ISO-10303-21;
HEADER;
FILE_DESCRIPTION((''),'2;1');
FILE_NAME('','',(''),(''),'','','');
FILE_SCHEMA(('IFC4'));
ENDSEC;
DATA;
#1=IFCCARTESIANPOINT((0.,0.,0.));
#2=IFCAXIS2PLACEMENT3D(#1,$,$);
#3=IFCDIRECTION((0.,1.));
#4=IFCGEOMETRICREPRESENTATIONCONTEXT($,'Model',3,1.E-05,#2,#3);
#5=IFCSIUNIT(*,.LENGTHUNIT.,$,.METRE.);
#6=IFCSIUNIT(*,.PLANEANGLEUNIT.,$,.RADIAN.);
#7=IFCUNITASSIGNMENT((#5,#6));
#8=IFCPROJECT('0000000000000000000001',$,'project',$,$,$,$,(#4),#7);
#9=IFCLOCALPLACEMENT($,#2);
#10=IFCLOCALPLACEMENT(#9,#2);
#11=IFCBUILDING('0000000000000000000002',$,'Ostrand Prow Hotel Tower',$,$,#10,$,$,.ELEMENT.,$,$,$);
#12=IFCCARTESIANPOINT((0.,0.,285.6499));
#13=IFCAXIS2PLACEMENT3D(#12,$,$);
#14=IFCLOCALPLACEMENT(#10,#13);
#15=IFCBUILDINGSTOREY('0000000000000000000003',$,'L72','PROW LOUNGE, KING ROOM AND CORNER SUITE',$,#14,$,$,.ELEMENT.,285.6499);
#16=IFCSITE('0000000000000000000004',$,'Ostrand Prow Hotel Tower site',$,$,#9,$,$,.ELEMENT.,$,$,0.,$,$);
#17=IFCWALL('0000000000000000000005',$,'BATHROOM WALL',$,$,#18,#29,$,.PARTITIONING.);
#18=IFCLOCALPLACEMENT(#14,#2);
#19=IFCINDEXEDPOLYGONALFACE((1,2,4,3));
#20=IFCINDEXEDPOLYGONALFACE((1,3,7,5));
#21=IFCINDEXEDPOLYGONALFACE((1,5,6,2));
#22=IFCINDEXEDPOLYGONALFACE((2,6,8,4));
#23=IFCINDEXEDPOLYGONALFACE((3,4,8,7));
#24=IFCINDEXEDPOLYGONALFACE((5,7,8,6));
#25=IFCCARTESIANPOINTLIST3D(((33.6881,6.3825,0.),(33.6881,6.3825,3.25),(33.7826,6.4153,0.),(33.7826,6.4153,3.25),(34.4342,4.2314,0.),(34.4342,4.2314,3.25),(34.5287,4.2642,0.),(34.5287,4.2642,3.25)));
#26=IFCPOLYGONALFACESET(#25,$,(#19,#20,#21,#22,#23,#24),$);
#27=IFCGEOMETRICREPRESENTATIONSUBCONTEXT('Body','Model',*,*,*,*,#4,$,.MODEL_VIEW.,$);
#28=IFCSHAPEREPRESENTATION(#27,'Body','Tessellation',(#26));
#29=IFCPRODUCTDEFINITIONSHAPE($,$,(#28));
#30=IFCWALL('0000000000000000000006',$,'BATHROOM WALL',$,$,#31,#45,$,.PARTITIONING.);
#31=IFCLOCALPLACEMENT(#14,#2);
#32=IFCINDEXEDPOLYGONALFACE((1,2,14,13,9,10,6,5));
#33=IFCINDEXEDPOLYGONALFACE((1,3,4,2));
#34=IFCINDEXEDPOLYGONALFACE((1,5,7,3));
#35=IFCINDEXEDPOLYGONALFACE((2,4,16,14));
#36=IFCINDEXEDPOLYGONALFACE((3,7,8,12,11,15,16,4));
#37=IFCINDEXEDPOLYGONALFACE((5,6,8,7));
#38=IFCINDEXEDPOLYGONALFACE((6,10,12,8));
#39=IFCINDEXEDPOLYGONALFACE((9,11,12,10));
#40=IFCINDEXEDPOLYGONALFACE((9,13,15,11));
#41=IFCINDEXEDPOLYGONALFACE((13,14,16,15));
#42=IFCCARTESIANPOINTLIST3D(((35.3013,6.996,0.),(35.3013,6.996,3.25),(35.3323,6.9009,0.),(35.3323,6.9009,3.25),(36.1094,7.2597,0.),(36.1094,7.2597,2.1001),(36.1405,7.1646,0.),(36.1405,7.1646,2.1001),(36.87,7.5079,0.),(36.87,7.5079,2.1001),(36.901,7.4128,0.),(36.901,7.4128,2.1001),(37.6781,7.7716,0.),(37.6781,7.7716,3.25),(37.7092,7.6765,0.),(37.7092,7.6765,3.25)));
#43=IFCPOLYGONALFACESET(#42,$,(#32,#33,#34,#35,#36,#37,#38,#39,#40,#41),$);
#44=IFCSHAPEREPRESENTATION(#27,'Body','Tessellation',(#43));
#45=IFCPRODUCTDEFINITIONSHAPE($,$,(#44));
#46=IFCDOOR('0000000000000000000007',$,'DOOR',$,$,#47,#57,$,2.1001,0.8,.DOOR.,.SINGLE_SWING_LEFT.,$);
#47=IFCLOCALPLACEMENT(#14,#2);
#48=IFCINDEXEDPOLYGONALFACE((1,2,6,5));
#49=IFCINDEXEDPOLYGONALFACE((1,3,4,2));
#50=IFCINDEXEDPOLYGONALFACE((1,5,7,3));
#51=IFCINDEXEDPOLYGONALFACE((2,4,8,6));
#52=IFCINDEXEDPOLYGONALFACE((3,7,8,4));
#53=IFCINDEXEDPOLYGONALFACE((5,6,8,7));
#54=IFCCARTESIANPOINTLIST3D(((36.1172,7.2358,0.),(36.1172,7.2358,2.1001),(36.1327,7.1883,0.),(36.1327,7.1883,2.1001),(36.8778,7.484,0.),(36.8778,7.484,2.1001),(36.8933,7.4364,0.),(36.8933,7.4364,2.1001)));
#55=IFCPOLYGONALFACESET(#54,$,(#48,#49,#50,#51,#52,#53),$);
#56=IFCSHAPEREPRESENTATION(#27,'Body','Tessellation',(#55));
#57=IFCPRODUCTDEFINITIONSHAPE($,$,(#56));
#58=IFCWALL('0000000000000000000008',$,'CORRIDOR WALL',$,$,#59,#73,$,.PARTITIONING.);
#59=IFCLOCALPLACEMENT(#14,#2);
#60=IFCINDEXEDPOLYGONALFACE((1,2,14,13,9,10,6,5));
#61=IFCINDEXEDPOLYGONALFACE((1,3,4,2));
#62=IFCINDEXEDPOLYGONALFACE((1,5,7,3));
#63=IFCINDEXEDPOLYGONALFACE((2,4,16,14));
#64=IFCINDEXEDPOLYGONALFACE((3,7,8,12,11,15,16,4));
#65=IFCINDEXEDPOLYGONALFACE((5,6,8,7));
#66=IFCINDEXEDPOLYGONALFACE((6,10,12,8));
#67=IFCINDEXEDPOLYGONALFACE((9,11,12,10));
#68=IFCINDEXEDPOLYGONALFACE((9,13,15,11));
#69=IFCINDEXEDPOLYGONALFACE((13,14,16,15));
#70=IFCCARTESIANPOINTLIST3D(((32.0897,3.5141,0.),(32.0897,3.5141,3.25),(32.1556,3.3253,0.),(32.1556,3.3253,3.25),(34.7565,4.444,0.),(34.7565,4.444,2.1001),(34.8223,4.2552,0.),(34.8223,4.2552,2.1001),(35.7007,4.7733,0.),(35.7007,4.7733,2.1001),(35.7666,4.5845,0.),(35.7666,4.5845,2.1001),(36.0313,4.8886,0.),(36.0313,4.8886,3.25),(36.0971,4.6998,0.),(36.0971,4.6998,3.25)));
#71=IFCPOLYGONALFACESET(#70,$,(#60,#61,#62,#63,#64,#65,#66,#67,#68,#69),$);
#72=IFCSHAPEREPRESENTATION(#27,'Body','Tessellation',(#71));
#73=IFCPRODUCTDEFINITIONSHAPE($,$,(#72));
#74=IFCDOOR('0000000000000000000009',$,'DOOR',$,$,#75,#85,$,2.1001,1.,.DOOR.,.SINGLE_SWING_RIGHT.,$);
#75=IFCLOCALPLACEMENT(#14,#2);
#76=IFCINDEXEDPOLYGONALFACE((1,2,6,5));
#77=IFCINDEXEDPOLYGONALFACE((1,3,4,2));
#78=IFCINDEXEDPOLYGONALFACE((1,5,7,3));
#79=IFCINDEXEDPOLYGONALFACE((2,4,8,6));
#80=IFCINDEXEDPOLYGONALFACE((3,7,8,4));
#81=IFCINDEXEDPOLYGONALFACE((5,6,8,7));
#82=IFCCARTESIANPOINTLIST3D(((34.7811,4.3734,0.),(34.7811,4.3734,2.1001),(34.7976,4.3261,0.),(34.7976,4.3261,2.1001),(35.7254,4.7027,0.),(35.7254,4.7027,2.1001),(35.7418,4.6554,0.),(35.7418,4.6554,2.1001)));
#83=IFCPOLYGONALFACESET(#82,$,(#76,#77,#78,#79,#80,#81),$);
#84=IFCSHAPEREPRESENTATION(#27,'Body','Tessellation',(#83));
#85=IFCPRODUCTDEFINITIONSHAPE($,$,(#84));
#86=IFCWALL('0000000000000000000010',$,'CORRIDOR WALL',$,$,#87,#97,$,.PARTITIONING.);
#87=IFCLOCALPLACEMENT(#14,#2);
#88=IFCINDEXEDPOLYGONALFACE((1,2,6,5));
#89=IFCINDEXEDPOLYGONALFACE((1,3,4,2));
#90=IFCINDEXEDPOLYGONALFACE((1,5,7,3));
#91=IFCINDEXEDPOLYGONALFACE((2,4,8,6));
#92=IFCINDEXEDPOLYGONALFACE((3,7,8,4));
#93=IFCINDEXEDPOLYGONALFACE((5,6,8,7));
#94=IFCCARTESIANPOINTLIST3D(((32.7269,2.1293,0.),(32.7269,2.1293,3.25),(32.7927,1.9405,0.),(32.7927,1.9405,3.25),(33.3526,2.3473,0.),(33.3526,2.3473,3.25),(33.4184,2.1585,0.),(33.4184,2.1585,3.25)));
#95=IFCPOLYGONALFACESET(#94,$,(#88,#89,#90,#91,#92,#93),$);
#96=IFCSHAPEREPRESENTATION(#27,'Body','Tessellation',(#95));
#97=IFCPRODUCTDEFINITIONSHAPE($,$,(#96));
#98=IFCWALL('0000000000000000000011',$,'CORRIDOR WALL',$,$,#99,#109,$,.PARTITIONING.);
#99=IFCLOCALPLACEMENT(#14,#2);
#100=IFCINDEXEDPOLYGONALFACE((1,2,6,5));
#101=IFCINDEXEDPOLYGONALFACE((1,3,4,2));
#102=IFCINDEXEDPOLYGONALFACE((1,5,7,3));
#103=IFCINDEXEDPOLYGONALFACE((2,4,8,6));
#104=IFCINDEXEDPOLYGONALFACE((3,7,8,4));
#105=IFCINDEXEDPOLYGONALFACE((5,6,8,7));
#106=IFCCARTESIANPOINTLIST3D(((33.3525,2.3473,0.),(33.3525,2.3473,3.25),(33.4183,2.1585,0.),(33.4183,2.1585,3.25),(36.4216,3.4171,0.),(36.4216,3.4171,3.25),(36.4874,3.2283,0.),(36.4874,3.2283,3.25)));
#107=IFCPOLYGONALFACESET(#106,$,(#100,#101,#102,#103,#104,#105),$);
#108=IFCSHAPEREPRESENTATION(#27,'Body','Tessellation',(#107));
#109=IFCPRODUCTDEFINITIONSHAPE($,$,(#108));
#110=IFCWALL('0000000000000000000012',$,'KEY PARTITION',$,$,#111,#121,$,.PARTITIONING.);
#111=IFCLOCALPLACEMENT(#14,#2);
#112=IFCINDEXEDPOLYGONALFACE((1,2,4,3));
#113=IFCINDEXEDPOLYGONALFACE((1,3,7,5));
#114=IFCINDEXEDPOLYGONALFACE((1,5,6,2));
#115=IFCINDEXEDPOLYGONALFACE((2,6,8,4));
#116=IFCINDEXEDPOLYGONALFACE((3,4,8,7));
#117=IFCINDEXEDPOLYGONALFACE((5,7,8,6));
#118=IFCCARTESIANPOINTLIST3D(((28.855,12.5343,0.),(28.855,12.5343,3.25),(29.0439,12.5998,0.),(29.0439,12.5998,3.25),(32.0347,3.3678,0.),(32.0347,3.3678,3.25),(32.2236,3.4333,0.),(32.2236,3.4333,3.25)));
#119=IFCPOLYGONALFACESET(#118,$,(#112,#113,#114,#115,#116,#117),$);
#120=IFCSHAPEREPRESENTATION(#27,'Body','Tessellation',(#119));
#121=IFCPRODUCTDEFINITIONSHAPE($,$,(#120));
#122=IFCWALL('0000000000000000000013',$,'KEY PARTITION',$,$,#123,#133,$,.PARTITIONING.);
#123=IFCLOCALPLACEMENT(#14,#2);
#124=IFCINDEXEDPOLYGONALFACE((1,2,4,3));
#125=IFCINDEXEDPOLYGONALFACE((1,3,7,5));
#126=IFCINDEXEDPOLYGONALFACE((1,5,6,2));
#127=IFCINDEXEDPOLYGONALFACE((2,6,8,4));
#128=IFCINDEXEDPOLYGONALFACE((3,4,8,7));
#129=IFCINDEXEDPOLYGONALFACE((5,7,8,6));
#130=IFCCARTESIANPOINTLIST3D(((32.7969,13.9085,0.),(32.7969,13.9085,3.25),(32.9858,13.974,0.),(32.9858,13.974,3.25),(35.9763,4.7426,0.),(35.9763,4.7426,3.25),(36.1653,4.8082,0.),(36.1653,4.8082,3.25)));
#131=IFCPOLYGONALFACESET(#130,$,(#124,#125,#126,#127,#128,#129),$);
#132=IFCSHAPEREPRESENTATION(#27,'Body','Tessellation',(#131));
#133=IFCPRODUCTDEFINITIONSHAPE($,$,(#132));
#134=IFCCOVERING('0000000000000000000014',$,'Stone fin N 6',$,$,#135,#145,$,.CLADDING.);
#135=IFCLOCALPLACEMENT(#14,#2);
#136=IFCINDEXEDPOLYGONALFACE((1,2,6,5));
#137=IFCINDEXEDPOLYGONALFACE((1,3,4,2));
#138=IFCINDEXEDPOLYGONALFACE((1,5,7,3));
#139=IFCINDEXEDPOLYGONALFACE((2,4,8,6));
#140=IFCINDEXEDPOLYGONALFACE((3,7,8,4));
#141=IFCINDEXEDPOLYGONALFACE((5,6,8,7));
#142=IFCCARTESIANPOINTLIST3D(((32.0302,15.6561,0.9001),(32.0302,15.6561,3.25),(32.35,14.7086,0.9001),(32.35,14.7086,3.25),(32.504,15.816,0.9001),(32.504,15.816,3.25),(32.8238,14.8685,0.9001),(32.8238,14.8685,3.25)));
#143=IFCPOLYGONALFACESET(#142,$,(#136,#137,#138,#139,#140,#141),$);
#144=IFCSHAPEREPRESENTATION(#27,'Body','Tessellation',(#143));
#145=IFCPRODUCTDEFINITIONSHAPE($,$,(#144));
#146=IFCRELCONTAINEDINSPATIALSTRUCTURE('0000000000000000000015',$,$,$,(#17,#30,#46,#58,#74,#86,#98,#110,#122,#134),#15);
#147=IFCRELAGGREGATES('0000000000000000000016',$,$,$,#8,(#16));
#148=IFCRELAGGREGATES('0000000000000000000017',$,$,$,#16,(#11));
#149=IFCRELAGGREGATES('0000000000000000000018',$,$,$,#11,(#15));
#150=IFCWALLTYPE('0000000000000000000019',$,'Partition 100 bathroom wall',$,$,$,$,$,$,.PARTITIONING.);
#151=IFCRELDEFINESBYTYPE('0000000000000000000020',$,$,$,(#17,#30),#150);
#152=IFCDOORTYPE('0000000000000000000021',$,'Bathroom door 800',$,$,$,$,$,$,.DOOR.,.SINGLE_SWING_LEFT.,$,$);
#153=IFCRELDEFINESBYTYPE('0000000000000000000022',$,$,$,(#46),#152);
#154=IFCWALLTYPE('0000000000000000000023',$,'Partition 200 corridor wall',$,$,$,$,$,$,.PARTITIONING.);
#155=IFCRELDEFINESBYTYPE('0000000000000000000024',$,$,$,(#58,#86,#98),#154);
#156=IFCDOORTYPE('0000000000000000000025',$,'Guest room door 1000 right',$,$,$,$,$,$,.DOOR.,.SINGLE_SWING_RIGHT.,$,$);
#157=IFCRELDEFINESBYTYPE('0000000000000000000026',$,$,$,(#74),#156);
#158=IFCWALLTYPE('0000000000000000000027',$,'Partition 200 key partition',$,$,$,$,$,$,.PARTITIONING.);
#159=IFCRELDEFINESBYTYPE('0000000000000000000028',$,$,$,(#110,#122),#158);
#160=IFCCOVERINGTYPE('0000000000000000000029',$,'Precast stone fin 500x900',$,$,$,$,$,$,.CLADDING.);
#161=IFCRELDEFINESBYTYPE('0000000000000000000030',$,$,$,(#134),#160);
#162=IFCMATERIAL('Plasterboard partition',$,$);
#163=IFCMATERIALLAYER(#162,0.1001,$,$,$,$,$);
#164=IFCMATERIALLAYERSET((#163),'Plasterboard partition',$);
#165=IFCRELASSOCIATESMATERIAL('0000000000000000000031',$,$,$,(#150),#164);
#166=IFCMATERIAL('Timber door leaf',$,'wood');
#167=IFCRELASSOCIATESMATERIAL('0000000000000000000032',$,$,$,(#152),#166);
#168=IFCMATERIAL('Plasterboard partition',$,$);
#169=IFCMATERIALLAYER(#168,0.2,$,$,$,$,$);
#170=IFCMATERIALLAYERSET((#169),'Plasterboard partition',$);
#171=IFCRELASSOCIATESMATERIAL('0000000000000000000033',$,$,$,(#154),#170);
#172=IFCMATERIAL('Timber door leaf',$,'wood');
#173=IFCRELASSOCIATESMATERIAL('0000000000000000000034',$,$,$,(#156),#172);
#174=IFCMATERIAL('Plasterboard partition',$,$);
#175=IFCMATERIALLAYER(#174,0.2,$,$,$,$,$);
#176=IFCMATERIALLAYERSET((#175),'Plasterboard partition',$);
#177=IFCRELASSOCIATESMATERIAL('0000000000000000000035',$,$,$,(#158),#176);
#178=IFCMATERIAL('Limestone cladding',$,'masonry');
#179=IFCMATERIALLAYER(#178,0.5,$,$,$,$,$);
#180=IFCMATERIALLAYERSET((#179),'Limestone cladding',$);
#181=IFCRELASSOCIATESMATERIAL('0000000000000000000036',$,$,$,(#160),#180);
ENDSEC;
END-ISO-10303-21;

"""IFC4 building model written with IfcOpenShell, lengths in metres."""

from ifc_helpers import new_model, si_unit, direction, frame, frame_2d, origin, place, context, subcontext, project, spatial, rectangle, extrude, material, layer, layer_set, type_object, element, fill, save


model = new_model("IFC4")

# Units and contexts
model_context = context("Model", 3, precision=1e-05, world=origin(), true_north=direction((0.0, 1.0)))
body_context = subcontext(model_context, "Body", "Model", "MODEL_VIEW")
ifc_project = project(units=[si_unit("LENGTHUNIT", "METRE"), si_unit("PLANEANGLEUNIT", "RADIAN")], contexts=[model_context])

# Site, building, storey
site_placement = place(None, origin())
site = spatial("IfcSite", under=ifc_project, at=site_placement, Name="Ostrand Prow Hotel Tower site", CompositionType="ELEMENT", RefElevation=0.0)
building_placement = place(site_placement, origin())
building = spatial("IfcBuilding", under=site, at=building_placement, Name="Ostrand Prow Hotel Tower", CompositionType="ELEMENT")
storey_placement = place(building_placement, frame((0.0, 0.0, 285.6499)))
storey = spatial("IfcBuildingStorey", under=building, at=storey_placement, Name="L72", Description="PROW LOUNGE, KING ROOM AND CORNER SUITE", CompositionType="ELEMENT", Elevation=285.6499)

# Shared definitions
ifc_material_1 = material(Name="Plasterboard partition")
ifc_layer_1 = layer(ifc_material_1, 0.1001)
ifc_layer_set_1 = layer_set([ifc_layer_1], Name="Plasterboard partition")
wall_type_1 = type_object("IfcWallType", Name="Partition 100 bathroom wall", PredefinedType="PARTITIONING", material=ifc_layer_set_1)
ifc_material_2 = material(Name="Timber door leaf", Category="wood")
door_type_1 = type_object("IfcDoorType", Name="Bathroom door 800", OperationType="SINGLE_SWING_LEFT", PredefinedType="DOOR", material=ifc_material_2)

# Wall
wall_1_placement = place(storey_placement, frame((33.7354, 6.3989, 0.0), z_axis=(0.0, 0.0, 1.0), x_axis=(0.327689, -0.944786, 0.0)))
element("IfcWall", 1, at=wall_1_placement, inside=storey, type_object=wall_type_1, Name="BATHROOM WALL", PredefinedType="PARTITIONING", context=body_context, shape_type="SweptSolid", body=[
    extrude(rectangle(XDim=2.2769, YDim=0.1001, at=frame_2d((1.1384, 0.0))), origin(), (0.0, 0.0, 1.0), 3.25),
])

# Walls, openings, doors
wall_2_placement = place(storey_placement, frame((35.3169, 6.9485, 0.0), z_axis=(0.0, 0.0, 1.0), x_axis=(0.950666, 0.310216, 0.0)))
wall_2 = element("IfcWall", 2, at=wall_2_placement, inside=storey, type_object=wall_type_1, Name="BATHROOM WALL", PredefinedType="PARTITIONING", context=body_context, shape_type="SweptSolid", body=[
    extrude(rectangle(XDim=2.5002, YDim=0.1001, at=frame_2d((1.25, 0.0))), origin(), (0.0, 0.0, 1.0), 3.25),
])
opening_1_placement = place(wall_2_placement, frame((0.8501, 0.0, 0.0)))
opening_1 = element("IfcOpeningElement", 3, at=opening_1_placement, cuts=wall_2, PredefinedType="OPENING", context=body_context, shape_type="SweptSolid", body=[
    extrude(rectangle(XDim=0.8, YDim=2.1001, at=frame_2d((0.3999, 1.05))), frame((0.0, 0.0601, 0.0), z_axis=(0.0, -1.0, 0.0), x_axis=(1.0, 0.0, 0.0)), (0.0, 0.0, 1.0), 0.1201),
])
door_1_placement = place(opening_1_placement, origin())
door_1 = element("IfcDoor", 4, at=door_1_placement, inside=storey, type_object=door_type_1, Name="DOOR", OperationType="SINGLE_SWING_LEFT", OverallHeight=2.1001, OverallWidth=0.8, PredefinedType="DOOR", context=body_context, shape_type="SweptSolid", body=[
    extrude(rectangle(XDim=0.8, YDim=2.1001, at=frame_2d((0.3999, 1.05))), frame((0.0, 0.0249, 0.0), z_axis=(0.0, -1.0, 0.0), x_axis=(1.0, 0.0, 0.0)), (0.0, 0.0, 1.0), 0.05),
])
fill(opening_1, door_1)
ifc_material_3 = material(Name="Plasterboard partition")
ifc_layer_2 = layer(ifc_material_3, 0.2)
ifc_layer_set_2 = layer_set([ifc_layer_2], Name="Plasterboard partition")
wall_type_2 = type_object("IfcWallType", Name="Partition 200 corridor wall", PredefinedType="PARTITIONING", material=ifc_layer_set_2)
wall_3_placement = place(storey_placement, frame((36.0642, 4.7942, 0.0), z_axis=(0.0, 0.0, 1.0), x_axis=(-0.944236, -0.329269, 0.0)))
wall_3 = element("IfcWall", 5, at=wall_3_placement, inside=storey, type_object=wall_type_2, Name="CORRIDOR WALL", PredefinedType="PARTITIONING", context=body_context, shape_type="SweptSolid", body=[
    extrude(rectangle(XDim=4.1743, YDim=0.2, at=frame_2d((2.0872, 0.0))), origin(), (0.0, 0.0, 1.0), 3.25),
])
opening_2_placement = place(wall_3_placement, frame((0.3501, 0.0, 0.0)))
opening_2 = element("IfcOpeningElement", 6, at=opening_2_placement, cuts=wall_3, PredefinedType="OPENING", context=body_context, shape_type="SweptSolid", body=[
    extrude(rectangle(XDim=1.0, YDim=2.1001, at=frame_2d((0.5, 1.05))), frame((0.0, 0.1099, 0.0), z_axis=(0.0, -1.0, 0.0), x_axis=(1.0, 0.0, 0.0)), (0.0, 0.0, 1.0), 0.22),
])
ifc_material_4 = material(Name="Timber door leaf", Category="wood")
door_type_2 = type_object("IfcDoorType", Name="Guest room door 1000 right", OperationType="SINGLE_SWING_RIGHT", PredefinedType="DOOR", material=ifc_material_4)
door_2_placement = place(opening_2_placement, origin())
door_2 = element("IfcDoor", 7, at=door_2_placement, inside=storey, type_object=door_type_2, Name="DOOR", OperationType="SINGLE_SWING_RIGHT", OverallHeight=2.1001, OverallWidth=1.0, PredefinedType="DOOR", context=body_context, shape_type="SweptSolid", body=[
    extrude(rectangle(XDim=1.0, YDim=2.1001, at=frame_2d((0.5, 1.05))), frame((0.0, 0.0249, 0.0), z_axis=(0.0, -1.0, 0.0), x_axis=(1.0, 0.0, 0.0)), (0.0, 0.0, 1.0), 0.05),
])
fill(opening_2, door_2)

# Walls
wall_4_placement = place(storey_placement, frame((32.7598, 2.0349, 0.0), z_axis=(0.0, 0.0, 1.0), x_axis=(0.944323, 0.329021, 0.0)))
element("IfcWall", 8, at=wall_4_placement, inside=storey, type_object=wall_type_2, Name="CORRIDOR WALL", PredefinedType="PARTITIONING", context=body_context, shape_type="SweptSolid", body=[
    extrude(rectangle(XDim=0.6626, YDim=0.2, at=frame_2d((0.3313, 0.0))), origin(), (0.0, 0.0, 1.0), 3.25),
])
wall_5_placement = place(storey_placement, frame((33.3855, 2.2529, 0.0), z_axis=(0.0, 0.0, 1.0), x_axis=(0.944276, 0.329156, 0.0)))
element("IfcWall", 9, at=wall_5_placement, inside=storey, type_object=wall_type_2, Name="CORRIDOR WALL", PredefinedType="PARTITIONING", context=body_context, shape_type="SweptSolid", body=[
    extrude(rectangle(XDim=3.2502, YDim=0.2, at=frame_2d((1.625, 0.0))), origin(), (0.0, 0.0, 1.0), 3.25),
])
ifc_material_5 = material(Name="Plasterboard partition")
ifc_layer_3 = layer(ifc_material_5, 0.2)
ifc_layer_set_3 = layer_set([ifc_layer_3], Name="Plasterboard partition")
wall_type_3 = type_object("IfcWallType", Name="Partition 200 key partition", PredefinedType="PARTITIONING", material=ifc_layer_set_3)
wall_6_placement = place(storey_placement, frame((32.1292, 3.4006, 0.0), z_axis=(0.0, 0.0, 1.0), x_axis=(-0.327724, 0.944773, 0.0)))
element("IfcWall", 10, at=wall_6_placement, inside=storey, type_object=wall_type_3, Name="KEY PARTITION", PredefinedType="PARTITIONING", context=body_context, shape_type="SweptSolid", body=[
    extrude(rectangle(XDim=9.7024, YDim=0.2, at=frame_2d((4.8511, 0.0))), origin(), (0.0, 0.0, 1.0), 3.25),
])
wall_7_placement = place(storey_placement, frame((36.0708, 4.7754, 0.0), z_axis=(0.0, 0.0, 1.0), x_axis=(-0.327725, 0.944773, 0.0)))
element("IfcWall", 11, at=wall_7_placement, inside=storey, type_object=wall_type_3, Name="KEY PARTITION", PredefinedType="PARTITIONING", context=body_context, shape_type="SweptSolid", body=[
    extrude(rectangle(XDim=9.7017, YDim=0.2, at=frame_2d((4.8508, 0.0))), origin(), (0.0, 0.0, 1.0), 3.25),
])

# Covering
ifc_material_6 = material(Name="Limestone cladding", Category="masonry")
ifc_layer_4 = layer(ifc_material_6, 0.5)
ifc_layer_set_4 = layer_set([ifc_layer_4], Name="Limestone cladding")
covering_type = type_object("IfcCoveringType", Name="Precast stone fin 500x900", PredefinedType="CLADDING", material=ifc_layer_set_4)
covering_placement = place(storey_placement, frame((32.5869, 14.7886, 0.9001), z_axis=(0.0, 0.0, 1.0), x_axis=(-0.319814, 0.94748, 0.0)))
element("IfcCovering", 12, at=covering_placement, inside=storey, type_object=covering_type, Name="Stone fin N 6", PredefinedType="CLADDING", context=body_context, shape_type="SweptSolid", body=[
    extrude(rectangle(XDim=1.0, YDim=0.5, at=frame_2d((0.5, 0.0))), origin(), (0.0, 0.0, 1.0), 2.3499),
])

save(model, "model.ifc")
